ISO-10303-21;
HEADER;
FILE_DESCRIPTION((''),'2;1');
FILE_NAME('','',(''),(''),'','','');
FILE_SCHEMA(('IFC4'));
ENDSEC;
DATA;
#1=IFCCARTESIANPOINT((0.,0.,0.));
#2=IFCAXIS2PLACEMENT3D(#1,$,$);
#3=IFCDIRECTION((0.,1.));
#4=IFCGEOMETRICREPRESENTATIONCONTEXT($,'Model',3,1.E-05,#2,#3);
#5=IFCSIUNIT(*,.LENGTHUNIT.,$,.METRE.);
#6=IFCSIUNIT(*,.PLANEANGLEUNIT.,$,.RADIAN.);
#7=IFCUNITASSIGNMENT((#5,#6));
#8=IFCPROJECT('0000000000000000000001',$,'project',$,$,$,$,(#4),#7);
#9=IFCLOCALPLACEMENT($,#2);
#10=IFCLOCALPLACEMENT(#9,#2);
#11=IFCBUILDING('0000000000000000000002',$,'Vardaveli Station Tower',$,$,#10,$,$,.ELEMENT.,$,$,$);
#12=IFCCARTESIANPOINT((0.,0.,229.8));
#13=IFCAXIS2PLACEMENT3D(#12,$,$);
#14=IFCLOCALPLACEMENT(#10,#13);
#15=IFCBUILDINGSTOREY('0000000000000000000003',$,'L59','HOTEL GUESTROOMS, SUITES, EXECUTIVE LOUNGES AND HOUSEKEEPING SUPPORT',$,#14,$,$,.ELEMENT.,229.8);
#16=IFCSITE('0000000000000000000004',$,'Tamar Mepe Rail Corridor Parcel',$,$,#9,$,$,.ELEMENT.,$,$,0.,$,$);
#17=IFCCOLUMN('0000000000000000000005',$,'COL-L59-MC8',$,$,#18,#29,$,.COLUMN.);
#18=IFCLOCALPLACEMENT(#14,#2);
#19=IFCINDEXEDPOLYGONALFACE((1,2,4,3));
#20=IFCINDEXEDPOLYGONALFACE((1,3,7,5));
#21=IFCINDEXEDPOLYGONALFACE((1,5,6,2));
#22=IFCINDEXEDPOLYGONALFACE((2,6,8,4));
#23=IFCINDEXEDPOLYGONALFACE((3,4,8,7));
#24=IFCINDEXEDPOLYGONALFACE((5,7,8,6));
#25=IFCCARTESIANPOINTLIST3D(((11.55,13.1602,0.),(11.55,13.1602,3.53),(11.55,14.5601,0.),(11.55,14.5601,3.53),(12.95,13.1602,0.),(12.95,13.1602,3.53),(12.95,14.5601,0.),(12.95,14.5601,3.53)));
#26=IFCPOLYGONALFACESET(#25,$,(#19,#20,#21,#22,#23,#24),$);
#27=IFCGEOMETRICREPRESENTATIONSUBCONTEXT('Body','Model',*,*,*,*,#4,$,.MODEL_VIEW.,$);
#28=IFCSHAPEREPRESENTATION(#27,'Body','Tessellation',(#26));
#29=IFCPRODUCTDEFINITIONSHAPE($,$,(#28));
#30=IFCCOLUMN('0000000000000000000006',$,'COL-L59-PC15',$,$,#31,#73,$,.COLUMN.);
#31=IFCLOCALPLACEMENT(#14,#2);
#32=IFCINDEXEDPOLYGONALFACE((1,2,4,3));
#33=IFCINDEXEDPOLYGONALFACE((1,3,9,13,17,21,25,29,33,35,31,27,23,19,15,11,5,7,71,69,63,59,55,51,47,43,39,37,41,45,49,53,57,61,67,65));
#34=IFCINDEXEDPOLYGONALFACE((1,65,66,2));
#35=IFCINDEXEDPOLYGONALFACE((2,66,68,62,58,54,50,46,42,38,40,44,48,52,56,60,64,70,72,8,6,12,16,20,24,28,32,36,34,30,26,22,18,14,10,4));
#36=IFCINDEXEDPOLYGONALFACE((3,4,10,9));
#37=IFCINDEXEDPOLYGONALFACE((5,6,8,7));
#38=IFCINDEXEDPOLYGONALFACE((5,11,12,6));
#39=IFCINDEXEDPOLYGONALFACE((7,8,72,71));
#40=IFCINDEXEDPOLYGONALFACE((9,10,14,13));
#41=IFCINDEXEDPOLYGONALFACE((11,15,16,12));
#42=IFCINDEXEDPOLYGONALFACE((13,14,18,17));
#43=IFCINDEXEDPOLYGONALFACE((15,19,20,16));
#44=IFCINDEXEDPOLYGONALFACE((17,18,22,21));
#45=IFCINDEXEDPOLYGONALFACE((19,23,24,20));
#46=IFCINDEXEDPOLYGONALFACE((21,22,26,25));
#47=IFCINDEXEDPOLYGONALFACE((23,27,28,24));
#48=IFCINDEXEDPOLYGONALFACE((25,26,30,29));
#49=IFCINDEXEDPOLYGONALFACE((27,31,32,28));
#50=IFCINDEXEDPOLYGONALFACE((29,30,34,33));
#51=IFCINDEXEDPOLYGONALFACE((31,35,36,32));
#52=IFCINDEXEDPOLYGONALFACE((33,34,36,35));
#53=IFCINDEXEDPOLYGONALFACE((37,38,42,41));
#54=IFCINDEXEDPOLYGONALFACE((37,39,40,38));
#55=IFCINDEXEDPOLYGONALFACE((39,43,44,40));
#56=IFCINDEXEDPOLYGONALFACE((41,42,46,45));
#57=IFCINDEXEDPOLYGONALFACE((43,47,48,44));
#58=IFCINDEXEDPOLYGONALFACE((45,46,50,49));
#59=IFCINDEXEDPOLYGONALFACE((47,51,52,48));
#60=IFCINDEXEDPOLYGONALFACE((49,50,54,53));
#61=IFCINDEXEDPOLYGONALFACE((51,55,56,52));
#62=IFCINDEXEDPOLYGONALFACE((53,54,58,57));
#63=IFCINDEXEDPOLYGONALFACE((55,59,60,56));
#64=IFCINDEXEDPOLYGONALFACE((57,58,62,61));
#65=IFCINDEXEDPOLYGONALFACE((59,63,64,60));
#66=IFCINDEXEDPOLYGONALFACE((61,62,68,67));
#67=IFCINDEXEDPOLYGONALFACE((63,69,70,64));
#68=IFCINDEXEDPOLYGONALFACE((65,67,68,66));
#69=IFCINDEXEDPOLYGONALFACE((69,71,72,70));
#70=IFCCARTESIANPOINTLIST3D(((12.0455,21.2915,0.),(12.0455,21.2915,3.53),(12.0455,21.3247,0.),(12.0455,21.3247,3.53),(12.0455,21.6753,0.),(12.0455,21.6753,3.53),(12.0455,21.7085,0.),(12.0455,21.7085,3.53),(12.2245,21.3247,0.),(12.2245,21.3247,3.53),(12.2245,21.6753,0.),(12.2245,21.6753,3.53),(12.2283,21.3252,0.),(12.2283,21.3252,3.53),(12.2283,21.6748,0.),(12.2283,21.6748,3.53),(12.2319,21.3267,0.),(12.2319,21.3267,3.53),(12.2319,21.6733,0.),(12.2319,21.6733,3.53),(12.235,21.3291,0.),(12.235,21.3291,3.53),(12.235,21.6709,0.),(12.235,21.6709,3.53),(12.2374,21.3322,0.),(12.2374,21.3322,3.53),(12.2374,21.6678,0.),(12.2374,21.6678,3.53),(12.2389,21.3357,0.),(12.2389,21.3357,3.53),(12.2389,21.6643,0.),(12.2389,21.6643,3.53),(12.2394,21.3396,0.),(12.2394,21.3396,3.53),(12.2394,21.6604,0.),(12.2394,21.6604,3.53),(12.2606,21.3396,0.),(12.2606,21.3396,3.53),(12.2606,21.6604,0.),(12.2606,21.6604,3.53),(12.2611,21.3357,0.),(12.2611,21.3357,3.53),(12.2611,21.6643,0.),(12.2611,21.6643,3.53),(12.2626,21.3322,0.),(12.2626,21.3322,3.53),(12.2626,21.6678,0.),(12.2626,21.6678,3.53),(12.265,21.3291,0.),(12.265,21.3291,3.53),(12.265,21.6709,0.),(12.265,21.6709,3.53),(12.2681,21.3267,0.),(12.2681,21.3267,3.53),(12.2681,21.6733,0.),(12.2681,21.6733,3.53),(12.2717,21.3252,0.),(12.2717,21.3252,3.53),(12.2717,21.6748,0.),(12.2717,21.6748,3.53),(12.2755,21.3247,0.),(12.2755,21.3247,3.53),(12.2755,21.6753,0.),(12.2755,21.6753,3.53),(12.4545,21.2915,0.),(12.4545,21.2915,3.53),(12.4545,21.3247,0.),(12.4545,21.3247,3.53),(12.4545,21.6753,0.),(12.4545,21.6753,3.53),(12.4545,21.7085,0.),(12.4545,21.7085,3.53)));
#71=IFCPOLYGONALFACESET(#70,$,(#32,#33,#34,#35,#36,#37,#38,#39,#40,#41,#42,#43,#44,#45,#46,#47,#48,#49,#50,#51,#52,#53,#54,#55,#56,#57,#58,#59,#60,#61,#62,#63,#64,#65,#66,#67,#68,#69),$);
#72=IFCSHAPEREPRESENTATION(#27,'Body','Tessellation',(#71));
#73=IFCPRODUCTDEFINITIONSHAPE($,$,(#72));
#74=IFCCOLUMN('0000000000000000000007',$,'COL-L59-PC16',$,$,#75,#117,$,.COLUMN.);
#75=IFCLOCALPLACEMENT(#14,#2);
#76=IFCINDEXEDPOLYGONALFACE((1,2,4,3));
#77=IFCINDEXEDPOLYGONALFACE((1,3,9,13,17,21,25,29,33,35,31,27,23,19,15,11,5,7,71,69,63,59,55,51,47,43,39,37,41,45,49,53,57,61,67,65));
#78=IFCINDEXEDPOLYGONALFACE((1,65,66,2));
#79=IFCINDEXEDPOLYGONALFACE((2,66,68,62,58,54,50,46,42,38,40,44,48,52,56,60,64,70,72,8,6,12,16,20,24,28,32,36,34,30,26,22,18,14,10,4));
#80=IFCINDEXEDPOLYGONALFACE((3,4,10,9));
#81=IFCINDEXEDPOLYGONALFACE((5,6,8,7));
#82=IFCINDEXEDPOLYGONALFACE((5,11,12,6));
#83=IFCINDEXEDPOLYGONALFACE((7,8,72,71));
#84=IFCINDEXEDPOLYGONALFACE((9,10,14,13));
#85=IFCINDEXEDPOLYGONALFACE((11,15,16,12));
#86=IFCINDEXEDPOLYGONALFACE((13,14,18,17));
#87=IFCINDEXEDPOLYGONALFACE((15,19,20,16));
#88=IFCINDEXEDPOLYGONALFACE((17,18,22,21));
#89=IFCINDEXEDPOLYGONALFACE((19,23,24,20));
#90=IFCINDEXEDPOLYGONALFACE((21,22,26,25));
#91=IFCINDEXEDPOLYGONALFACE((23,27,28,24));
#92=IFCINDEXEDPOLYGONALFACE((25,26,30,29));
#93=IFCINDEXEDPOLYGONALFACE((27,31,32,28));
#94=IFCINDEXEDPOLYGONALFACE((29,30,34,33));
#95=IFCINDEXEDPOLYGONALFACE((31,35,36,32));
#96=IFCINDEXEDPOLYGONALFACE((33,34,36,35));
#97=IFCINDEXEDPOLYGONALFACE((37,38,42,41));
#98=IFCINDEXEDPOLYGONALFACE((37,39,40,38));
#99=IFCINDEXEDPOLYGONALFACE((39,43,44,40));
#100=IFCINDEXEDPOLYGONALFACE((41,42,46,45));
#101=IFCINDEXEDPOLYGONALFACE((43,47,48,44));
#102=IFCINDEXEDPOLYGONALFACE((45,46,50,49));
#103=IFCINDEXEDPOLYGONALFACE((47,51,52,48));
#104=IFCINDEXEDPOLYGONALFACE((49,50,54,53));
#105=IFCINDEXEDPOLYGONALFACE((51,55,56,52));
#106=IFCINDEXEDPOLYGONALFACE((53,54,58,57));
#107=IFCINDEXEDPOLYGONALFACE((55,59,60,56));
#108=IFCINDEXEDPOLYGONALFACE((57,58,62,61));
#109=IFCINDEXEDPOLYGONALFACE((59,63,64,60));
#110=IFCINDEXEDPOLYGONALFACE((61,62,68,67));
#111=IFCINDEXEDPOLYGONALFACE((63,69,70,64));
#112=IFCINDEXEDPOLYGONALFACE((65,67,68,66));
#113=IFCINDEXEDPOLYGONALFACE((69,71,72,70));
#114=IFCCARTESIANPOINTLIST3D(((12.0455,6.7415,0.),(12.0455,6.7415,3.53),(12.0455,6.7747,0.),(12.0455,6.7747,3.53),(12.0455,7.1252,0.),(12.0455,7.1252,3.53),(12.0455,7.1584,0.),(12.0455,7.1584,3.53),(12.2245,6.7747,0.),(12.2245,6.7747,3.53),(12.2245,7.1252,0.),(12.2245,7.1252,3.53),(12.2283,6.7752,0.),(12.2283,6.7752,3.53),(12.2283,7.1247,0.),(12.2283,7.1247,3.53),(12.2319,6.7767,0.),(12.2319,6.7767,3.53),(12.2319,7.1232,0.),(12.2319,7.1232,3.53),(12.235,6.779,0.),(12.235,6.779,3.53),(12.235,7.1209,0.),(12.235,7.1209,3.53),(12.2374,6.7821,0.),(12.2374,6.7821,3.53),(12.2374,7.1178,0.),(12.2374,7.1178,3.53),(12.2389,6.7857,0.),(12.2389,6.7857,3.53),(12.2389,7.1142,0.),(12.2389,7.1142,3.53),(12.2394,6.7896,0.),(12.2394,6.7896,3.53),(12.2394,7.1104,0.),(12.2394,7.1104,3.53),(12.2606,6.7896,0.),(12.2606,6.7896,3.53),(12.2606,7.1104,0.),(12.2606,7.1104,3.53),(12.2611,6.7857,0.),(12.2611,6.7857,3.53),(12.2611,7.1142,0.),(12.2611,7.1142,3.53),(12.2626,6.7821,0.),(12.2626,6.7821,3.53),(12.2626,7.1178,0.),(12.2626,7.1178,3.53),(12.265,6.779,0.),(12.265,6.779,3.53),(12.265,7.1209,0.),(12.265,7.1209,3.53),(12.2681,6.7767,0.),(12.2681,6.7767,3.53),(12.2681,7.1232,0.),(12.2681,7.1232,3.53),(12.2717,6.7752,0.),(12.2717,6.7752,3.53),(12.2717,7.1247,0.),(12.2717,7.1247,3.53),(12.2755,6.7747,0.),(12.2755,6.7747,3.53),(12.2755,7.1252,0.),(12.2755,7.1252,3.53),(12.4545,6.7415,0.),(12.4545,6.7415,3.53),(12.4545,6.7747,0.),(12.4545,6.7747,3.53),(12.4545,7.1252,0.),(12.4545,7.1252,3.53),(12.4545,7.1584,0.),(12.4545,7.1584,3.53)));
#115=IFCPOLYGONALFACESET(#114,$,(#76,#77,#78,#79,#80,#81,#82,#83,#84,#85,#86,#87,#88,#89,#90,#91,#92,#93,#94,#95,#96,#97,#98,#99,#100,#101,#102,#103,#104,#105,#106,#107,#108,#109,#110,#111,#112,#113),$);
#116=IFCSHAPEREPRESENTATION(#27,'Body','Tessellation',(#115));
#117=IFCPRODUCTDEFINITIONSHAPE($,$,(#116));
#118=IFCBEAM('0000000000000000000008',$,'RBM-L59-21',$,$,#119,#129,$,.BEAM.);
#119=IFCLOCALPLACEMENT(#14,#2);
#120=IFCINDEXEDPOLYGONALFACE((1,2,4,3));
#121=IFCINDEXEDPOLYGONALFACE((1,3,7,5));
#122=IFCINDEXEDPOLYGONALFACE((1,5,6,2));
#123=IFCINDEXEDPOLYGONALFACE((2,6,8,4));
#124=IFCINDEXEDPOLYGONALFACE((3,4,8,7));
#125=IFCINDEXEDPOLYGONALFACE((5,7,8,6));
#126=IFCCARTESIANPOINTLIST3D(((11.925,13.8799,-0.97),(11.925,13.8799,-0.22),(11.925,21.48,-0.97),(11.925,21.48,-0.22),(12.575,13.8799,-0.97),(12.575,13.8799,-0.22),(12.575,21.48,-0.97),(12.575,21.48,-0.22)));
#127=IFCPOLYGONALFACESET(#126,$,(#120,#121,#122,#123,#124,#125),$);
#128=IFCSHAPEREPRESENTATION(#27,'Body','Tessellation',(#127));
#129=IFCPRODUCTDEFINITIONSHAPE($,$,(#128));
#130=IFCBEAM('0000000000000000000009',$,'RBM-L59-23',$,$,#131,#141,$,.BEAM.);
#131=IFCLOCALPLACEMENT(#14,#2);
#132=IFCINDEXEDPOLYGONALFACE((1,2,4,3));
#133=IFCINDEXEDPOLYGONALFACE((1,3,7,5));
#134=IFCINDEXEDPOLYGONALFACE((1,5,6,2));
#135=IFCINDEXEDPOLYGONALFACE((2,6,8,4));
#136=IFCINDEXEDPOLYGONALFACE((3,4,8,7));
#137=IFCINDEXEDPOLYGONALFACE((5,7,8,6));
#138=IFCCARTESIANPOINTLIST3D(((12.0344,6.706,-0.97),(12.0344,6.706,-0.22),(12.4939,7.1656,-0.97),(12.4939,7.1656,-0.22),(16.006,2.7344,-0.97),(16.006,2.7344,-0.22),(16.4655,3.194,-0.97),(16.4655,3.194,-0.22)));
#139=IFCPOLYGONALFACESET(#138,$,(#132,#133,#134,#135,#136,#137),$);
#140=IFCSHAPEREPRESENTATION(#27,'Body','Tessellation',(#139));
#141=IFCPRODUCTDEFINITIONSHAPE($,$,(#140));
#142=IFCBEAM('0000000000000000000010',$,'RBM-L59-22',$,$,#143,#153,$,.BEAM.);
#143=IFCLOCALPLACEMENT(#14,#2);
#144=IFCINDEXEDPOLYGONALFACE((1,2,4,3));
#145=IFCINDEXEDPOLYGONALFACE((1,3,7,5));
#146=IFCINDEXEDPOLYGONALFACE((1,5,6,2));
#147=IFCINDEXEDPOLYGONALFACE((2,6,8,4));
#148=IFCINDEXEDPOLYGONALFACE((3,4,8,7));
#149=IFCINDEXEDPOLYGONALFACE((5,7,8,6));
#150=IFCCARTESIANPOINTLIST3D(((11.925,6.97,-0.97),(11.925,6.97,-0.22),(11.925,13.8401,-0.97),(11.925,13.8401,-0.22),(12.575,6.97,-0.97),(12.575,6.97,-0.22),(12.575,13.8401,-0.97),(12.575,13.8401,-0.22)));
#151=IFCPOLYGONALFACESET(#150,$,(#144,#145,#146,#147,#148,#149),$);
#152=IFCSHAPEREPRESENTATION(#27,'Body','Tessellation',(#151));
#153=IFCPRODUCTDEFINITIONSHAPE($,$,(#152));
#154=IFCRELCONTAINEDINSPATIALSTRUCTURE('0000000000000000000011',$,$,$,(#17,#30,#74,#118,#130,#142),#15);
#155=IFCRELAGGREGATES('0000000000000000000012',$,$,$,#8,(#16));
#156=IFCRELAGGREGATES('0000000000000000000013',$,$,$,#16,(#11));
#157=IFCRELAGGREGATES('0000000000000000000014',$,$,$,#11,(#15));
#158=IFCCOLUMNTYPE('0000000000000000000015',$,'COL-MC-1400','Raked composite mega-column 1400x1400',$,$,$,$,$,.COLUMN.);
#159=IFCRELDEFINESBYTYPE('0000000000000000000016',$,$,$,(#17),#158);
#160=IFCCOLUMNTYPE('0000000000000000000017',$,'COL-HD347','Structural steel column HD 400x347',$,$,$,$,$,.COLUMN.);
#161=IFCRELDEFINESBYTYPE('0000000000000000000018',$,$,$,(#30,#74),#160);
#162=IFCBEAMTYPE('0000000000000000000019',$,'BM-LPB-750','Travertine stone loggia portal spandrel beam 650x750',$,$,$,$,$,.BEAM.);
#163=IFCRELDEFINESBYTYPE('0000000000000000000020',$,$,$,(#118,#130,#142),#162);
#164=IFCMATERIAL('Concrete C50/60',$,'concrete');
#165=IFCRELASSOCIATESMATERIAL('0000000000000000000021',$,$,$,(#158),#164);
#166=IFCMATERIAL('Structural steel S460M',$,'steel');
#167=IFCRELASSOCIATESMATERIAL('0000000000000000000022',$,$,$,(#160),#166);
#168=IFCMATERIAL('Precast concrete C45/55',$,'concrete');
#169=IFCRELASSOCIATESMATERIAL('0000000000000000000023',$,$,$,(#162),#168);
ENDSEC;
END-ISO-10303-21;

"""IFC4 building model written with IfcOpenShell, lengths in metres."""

from ifc_helpers import new_model, si_unit, direction, frame, origin, origin_2d, place, context, subcontext, project, spatial, rectangle, i_section, extrude, source, transform, mapped, material, material_profile, profile_set, type_object, element, save


model = new_model("IFC4")

# Units and contexts
model_context = context("Model", 3, precision=1e-05, world=origin(), true_north=direction((0.0, 1.0)))
body_context = subcontext(model_context, "Body", "Model", "MODEL_VIEW")
ifc_project = project(units=[si_unit("LENGTHUNIT", "METRE"), si_unit("PLANEANGLEUNIT", "RADIAN")], contexts=[model_context])

# Site, building, storey
site_placement = place(None, origin())
site = spatial("IfcSite", under=ifc_project, at=site_placement, Name="Tamar Mepe Rail Corridor Parcel", CompositionType="ELEMENT", RefElevation=0.0)
building_placement = place(site_placement, origin())
building = spatial("IfcBuilding", under=site, at=building_placement, Name="Vardaveli Station Tower", CompositionType="ELEMENT")
storey_placement = place(building_placement, frame((0.0, 0.0, 229.8)))
storey = spatial("IfcBuildingStorey", under=building, at=storey_placement, Name="L59", Description="HOTEL GUESTROOMS, SUITES, EXECUTIVE LOUNGES AND HOUSEKEEPING SUPPORT", CompositionType="ELEMENT", Elevation=229.8)

# Columns
ifc_material_1 = material(Name="Concrete C50/60", Category="concrete")
ifc_material_profile_1 = material_profile(ifc_material_1, rectangle(XDim=1.3999, YDim=1.3999, at=origin_2d()), Name="MC 1400x1400")
ifc_profile_set_1 = profile_set([ifc_material_profile_1], Name="Concrete C50/60")
column_type_1 = type_object("IfcColumnType", Name="COL-MC-1400", Description="Raked composite mega-column 1400x1400", PredefinedType="COLUMN", material=ifc_profile_set_1)
shared_shape_1 = source(origin(), body_context, "Body", "SweptSolid", [
    extrude(rectangle(XDim=1.3999, YDim=1.3999, at=origin_2d()), origin(), (0.0, 0.0, 1.0), 3.53),
])
column_placement = place(storey_placement, frame((12.25, 13.8601, 0.0), z_axis=(0.0, 0.0, 1.0), x_axis=(1.0, 0.0, 0.0)))
element("IfcColumn", 1, at=column_placement, inside=storey, type_object=column_type_1, Name="COL-L59-MC8", PredefinedType="COLUMN", context=body_context, shape_type="MappedRepresentation", body=[
    mapped(shared_shape_1, transform((0.0, 0.0, 0.0), scale=1.0)),
])
ifc_material_2 = material(Name="Structural steel S460M", Category="steel")
ifc_material_profile_2 = material_profile(ifc_material_2, i_section(OverallWidth=0.4089, OverallDepth=0.417, WebThickness=0.0212, FlangeThickness=0.0332, FilletRadius=0.0149, at=origin_2d()), Name="HD 400x347")
ifc_profile_set_2 = profile_set([ifc_material_profile_2], Name="Structural steel S460M")
column_type_2 = type_object("IfcColumnType", Name="COL-HD347", Description="Structural steel column HD 400x347", PredefinedType="COLUMN", material=ifc_profile_set_2)
shared_shape_2 = source(origin(), body_context, "Body", "SweptSolid", [
    extrude(i_section(OverallWidth=0.4089, OverallDepth=0.417, WebThickness=0.0212, FlangeThickness=0.0332, FilletRadius=0.0149, at=origin_2d()), origin(), (0.0, 0.0, 1.0), 3.53),
])
for number, where, z_axis, x_axis, name in (
    (2, (12.25, 21.5, 0.0), (0.0, 0.0, 1.0), (1.0, 0.0, 0.0), "COL-L59-PC15"),
    (3, (12.25, 6.95, 0.0), (0.0, 0.0, 1.0), (1.0, 0.0, 0.0), "COL-L59-PC16"),
):
    element("IfcColumn", number, at=place(storey_placement, frame(where, z_axis=z_axis, x_axis=x_axis)), inside=storey, type_object=column_type_2, Name=name, PredefinedType="COLUMN", context=body_context, shape_type="MappedRepresentation", body=[
        mapped(shared_shape_2, transform((0.0, 0.0, 0.0), scale=1.0)),
    ])

# Beams
ifc_material_3 = material(Name="Precast concrete C45/55", Category="concrete")
ifc_material_profile_3 = material_profile(ifc_material_3, rectangle(XDim=0.6499, YDim=0.75, at=origin_2d()), Name="LPB 650x750")
ifc_profile_set_3 = profile_set([ifc_material_profile_3], Name="Precast concrete C45/55")
beam_type_1 = type_object("IfcBeamType", Name="BM-LPB-750", Description="Travertine stone loggia portal spandrel beam 650x750", PredefinedType="BEAM", material=ifc_profile_set_3)
shared_shape_3 = source(origin(), body_context, "Body", "SweptSolid", [
    extrude(rectangle(XDim=0.6499, YDim=0.75, at=origin_2d()), origin(), (0.0, 0.0, 1.0), 7.6001),
])
beam_1_placement = place(storey_placement, frame((12.25, 21.48, -0.595), z_axis=(0.0, -1.0, 0.0), x_axis=(1.0, 0.0, 0.0)))
element("IfcBeam", 4, at=beam_1_placement, inside=storey, type_object=beam_type_1, Name="RBM-L59-21", PredefinedType="BEAM", context=body_context, shape_type="MappedRepresentation", body=[
    mapped(shared_shape_3, transform((0.0, 0.0, 0.0), scale=1.0)),
])
shared_shape_4 = source(origin(), body_context, "Body", "SweptSolid", [
    extrude(rectangle(XDim=0.6499, YDim=0.75, at=origin_2d()), origin(), (0.0, 0.0, 1.0), 5.6167),
])
beam_2_placement = place(storey_placement, frame((12.2642, 6.9358, -0.595), z_axis=(0.707107, -0.707107, 0.0), x_axis=(0.707107, 0.707107, 0.0)))
element("IfcBeam", 5, at=beam_2_placement, inside=storey, type_object=beam_type_1, Name="RBM-L59-23", PredefinedType="BEAM", context=body_context, shape_type="MappedRepresentation", body=[
    mapped(shared_shape_4, transform((0.0, 0.0, 0.0), scale=1.0)),
])
shared_shape_5 = source(origin(), body_context, "Body", "SweptSolid", [
    extrude(rectangle(XDim=0.6499, YDim=0.75, at=origin_2d()), origin(), (0.0, 0.0, 1.0), 6.8701),
])
beam_3_placement = place(storey_placement, frame((12.25, 13.8401, -0.595), z_axis=(0.0, -1.0, 0.0), x_axis=(1.0, 0.0, 0.0)))
element("IfcBeam", 6, at=beam_3_placement, inside=storey, type_object=beam_type_1, Name="RBM-L59-22", PredefinedType="BEAM", context=body_context, shape_type="MappedRepresentation", body=[
    mapped(shared_shape_5, transform((0.0, 0.0, 0.0), scale=1.0)),
])

save(model, "model.ifc")
